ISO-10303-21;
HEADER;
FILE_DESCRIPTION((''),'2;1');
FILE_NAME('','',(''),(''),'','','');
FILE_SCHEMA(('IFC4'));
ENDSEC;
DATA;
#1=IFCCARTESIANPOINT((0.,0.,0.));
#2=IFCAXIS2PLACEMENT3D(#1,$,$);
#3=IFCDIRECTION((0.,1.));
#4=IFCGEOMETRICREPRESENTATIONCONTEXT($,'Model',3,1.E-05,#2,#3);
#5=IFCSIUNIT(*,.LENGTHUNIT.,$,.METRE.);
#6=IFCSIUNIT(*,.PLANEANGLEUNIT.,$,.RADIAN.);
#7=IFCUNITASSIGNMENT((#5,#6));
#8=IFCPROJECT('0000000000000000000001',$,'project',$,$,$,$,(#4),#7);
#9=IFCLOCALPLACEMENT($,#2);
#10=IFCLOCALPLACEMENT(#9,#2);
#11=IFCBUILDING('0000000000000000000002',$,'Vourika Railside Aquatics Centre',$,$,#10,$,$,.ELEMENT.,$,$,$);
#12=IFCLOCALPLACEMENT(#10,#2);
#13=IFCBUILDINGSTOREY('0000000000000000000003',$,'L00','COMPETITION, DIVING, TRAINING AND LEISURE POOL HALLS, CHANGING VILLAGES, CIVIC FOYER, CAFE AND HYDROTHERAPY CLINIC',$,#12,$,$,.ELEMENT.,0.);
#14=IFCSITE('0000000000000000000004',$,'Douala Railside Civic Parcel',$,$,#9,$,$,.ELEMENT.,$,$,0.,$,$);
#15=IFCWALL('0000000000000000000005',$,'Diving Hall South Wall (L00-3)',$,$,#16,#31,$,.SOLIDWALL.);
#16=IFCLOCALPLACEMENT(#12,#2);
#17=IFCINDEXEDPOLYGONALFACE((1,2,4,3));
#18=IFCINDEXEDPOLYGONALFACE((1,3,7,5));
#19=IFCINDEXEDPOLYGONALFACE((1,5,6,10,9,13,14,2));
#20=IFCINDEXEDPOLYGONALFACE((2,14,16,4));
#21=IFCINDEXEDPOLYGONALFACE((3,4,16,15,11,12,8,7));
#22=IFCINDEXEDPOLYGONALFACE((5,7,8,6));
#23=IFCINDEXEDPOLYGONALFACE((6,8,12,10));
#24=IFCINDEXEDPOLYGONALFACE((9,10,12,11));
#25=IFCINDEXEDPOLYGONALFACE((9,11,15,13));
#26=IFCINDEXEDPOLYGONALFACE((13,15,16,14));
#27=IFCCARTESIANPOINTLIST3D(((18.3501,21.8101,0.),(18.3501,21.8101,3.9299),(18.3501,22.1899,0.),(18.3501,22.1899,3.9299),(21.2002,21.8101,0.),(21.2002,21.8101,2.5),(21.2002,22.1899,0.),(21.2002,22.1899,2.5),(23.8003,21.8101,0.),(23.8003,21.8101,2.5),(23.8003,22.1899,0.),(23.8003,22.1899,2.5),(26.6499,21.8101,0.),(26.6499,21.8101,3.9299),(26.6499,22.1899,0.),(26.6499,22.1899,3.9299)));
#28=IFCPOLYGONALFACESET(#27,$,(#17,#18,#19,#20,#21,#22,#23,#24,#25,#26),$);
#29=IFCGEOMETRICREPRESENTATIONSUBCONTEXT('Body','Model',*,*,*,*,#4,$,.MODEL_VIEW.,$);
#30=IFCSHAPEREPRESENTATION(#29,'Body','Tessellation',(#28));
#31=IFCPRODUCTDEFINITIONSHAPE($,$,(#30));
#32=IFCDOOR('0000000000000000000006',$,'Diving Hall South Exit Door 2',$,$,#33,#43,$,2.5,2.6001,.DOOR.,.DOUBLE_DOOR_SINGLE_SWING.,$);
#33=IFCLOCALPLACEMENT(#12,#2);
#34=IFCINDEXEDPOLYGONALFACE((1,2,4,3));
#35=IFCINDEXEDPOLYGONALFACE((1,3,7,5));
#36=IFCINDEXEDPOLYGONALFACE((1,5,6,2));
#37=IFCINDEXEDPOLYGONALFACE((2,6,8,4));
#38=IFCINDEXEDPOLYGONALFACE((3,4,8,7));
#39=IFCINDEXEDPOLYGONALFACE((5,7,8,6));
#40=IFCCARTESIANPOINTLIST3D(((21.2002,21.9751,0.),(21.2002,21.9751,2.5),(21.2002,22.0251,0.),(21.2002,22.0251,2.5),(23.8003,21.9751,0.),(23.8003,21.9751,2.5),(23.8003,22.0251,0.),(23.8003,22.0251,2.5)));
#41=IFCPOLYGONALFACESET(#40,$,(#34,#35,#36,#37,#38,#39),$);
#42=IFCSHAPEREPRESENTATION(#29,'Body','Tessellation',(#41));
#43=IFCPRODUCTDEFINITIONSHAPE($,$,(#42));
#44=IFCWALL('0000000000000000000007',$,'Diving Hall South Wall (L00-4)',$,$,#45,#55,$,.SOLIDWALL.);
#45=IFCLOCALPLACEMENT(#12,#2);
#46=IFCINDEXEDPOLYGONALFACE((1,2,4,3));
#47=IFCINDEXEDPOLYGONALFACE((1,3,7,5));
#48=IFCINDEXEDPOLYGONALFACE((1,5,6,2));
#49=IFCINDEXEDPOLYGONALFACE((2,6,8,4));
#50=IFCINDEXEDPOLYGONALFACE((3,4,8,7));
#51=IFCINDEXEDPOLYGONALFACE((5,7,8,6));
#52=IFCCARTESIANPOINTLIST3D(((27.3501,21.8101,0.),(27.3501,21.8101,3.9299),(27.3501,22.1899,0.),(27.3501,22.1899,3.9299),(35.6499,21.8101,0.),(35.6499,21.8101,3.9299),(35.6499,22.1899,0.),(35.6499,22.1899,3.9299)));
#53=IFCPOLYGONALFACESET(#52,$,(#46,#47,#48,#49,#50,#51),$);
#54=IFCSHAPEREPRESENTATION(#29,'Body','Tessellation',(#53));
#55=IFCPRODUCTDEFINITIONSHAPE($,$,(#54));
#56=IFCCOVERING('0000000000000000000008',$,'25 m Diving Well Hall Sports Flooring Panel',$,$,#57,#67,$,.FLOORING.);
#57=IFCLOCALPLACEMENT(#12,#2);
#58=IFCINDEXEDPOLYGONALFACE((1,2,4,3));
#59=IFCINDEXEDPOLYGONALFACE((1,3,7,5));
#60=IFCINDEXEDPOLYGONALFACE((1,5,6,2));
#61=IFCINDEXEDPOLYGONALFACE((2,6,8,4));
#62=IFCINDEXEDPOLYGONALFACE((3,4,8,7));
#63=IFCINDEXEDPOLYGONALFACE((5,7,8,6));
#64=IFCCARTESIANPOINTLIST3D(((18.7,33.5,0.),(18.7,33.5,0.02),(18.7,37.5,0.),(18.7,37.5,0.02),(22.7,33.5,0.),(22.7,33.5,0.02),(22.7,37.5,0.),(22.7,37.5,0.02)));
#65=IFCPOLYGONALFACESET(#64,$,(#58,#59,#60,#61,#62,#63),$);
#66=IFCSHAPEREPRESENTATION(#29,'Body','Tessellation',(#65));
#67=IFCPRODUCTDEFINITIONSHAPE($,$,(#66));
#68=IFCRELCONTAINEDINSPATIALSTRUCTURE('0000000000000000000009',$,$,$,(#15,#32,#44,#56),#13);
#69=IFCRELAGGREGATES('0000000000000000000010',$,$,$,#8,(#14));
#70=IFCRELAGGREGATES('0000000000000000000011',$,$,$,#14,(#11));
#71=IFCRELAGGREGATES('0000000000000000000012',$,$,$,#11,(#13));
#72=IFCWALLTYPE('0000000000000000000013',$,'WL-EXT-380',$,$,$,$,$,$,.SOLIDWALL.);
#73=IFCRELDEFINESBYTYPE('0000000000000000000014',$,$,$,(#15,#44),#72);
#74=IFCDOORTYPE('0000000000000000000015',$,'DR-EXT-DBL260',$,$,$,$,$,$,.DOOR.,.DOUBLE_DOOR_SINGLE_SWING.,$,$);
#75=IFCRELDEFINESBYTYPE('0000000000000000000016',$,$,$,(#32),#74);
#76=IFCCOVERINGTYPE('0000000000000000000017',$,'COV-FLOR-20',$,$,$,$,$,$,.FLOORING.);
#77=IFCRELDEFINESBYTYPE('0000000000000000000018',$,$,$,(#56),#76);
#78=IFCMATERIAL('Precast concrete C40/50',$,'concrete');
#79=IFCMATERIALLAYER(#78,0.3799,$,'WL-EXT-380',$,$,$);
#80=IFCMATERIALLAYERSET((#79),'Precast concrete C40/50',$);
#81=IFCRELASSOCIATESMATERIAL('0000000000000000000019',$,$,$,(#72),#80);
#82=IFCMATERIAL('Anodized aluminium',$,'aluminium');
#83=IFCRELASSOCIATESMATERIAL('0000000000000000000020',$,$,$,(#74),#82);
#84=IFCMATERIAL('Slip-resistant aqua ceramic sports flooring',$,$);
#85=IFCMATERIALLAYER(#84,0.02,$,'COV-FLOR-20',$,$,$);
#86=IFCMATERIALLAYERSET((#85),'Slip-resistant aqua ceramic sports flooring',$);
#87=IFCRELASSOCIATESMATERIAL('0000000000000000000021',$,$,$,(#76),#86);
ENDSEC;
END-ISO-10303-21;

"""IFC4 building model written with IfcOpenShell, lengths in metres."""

from ifc_helpers import new_model, si_unit, direction, frame, frame_2d, origin, origin_2d, place, context, subcontext, project, spatial, rectangle, extrude, material, layer, layer_set, type_object, element, fill, save


model = new_model("IFC4")

# Units and contexts
model_context = context("Model", 3, precision=1e-05, world=origin(), true_north=direction((0.0, 1.0)))
body_context = subcontext(model_context, "Body", "Model", "MODEL_VIEW")
ifc_project = project(units=[si_unit("LENGTHUNIT", "METRE"), si_unit("PLANEANGLEUNIT", "RADIAN")], contexts=[model_context])

# Site, building, storey
site_placement = place(None, origin())
site = spatial("IfcSite", under=ifc_project, at=site_placement, Name="Douala Railside Civic Parcel", CompositionType="ELEMENT", RefElevation=0.0)
building_placement = place(site_placement, origin())
building = spatial("IfcBuilding", under=site, at=building_placement, Name="Vourika Railside Aquatics Centre", CompositionType="ELEMENT")
storey_placement = place(building_placement, origin())
storey = spatial("IfcBuildingStorey", under=building, at=storey_placement, Name="L00", Description="COMPETITION, DIVING, TRAINING AND LEISURE POOL HALLS, CHANGING VILLAGES, CIVIC FOYER, CAFE AND HYDROTHERAPY CLINIC", CompositionType="ELEMENT", Elevation=0.0)

# Wall, opening, door
ifc_material_1 = material(Name="Precast concrete C40/50", Category="concrete")
ifc_layer_1 = layer(ifc_material_1, 0.3799, Name="WL-EXT-380")
ifc_layer_set_1 = layer_set([ifc_layer_1], Name="Precast concrete C40/50")
wall_type = type_object("IfcWallType", Name="WL-EXT-380", PredefinedType="SOLIDWALL", material=ifc_layer_set_1)
wall_1_placement = place(storey_placement, frame((18.3501, 22.0, 0.0), z_axis=(0.0, 0.0, 1.0), x_axis=(1.0, 0.0, 0.0)))
wall_1 = element("IfcWall", 1, at=wall_1_placement, inside=storey, type_object=wall_type, Name="Diving Hall South Wall (L00-3)", PredefinedType="SOLIDWALL", context=body_context, shape_type="SweptSolid", body=[
    extrude(rectangle(XDim=8.2998, YDim=0.3799, at=frame_2d((4.1499, 0.0))), origin(), (0.0, 0.0, 1.0), 3.9299),
])
opening_placement = place(wall_1_placement, frame((2.8501, 0.0, 0.0)))
opening = element("IfcOpeningElement", 2, at=opening_placement, cuts=wall_1, PredefinedType="OPENING", context=body_context, shape_type="SweptSolid", body=[
    extrude(rectangle(XDim=2.6001, YDim=2.5, at=frame_2d((1.3, 1.25))), frame((0.0, 0.2, 0.0), z_axis=(0.0, -1.0, 0.0), x_axis=(1.0, 0.0, 0.0)), (0.0, 0.0, 1.0), 0.3999),
])
ifc_material_2 = material(Name="Anodized aluminium", Category="aluminium")
door_type = type_object("IfcDoorType", Name="DR-EXT-DBL260", OperationType="DOUBLE_DOOR_SINGLE_SWING", PredefinedType="DOOR", material=ifc_material_2)
door_placement = place(opening_placement, frame((2.6001, 0.0, 0.0), z_axis=(0.0, 0.0, 1.0), x_axis=(-1.0, 0.0, 0.0)))
door = element("IfcDoor", 3, at=door_placement, inside=storey, type_object=door_type, Name="Diving Hall South Exit Door 2", OperationType="DOUBLE_DOOR_SINGLE_SWING", OverallHeight=2.5, OverallWidth=2.6001, PredefinedType="DOOR", context=body_context, shape_type="SweptSolid", body=[
    extrude(rectangle(XDim=2.6001, YDim=2.5, at=frame_2d((1.3, 1.25))), frame((0.0, 0.0249, 0.0), z_axis=(0.0, -1.0, 0.0), x_axis=(1.0, 0.0, 0.0)), (0.0, 0.0, 1.0), 0.05),
])
fill(opening, door)

# Wall
wall_2_placement = place(storey_placement, frame((27.3501, 22.0, 0.0), z_axis=(0.0, 0.0, 1.0), x_axis=(1.0, 0.0, 0.0)))
element("IfcWall", 4, at=wall_2_placement, inside=storey, type_object=wall_type, Name="Diving Hall South Wall (L00-4)", PredefinedType="SOLIDWALL", context=body_context, shape_type="SweptSolid", body=[
    extrude(rectangle(XDim=8.2998, YDim=0.3799, at=frame_2d((4.1499, 0.0))), origin(), (0.0, 0.0, 1.0), 3.9299),
])

# Covering
ifc_material_3 = material(Name="Slip-resistant aqua ceramic sports flooring")
ifc_layer_2 = layer(ifc_material_3, 0.02, Name="COV-FLOR-20")
ifc_layer_set_2 = layer_set([ifc_layer_2], Name="Slip-resistant aqua ceramic sports flooring")
covering_type = type_object("IfcCoveringType", Name="COV-FLOR-20", PredefinedType="FLOORING", material=ifc_layer_set_2)
covering_placement = place(storey_placement, frame((20.7, 35.5, 0.0), z_axis=(0.0, 0.0, 1.0), x_axis=(1.0, 0.0, 0.0)))
element("IfcCovering", 5, at=covering_placement, inside=storey, type_object=covering_type, Name="25 m Diving Well Hall Sports Flooring Panel", PredefinedType="FLOORING", context=body_context, shape_type="SweptSolid", body=[
    extrude(rectangle(XDim=4.0, YDim=4.0, at=origin_2d()), origin(), (0.0, 0.0, 1.0), 0.02),
])

save(model, "model.ifc")
